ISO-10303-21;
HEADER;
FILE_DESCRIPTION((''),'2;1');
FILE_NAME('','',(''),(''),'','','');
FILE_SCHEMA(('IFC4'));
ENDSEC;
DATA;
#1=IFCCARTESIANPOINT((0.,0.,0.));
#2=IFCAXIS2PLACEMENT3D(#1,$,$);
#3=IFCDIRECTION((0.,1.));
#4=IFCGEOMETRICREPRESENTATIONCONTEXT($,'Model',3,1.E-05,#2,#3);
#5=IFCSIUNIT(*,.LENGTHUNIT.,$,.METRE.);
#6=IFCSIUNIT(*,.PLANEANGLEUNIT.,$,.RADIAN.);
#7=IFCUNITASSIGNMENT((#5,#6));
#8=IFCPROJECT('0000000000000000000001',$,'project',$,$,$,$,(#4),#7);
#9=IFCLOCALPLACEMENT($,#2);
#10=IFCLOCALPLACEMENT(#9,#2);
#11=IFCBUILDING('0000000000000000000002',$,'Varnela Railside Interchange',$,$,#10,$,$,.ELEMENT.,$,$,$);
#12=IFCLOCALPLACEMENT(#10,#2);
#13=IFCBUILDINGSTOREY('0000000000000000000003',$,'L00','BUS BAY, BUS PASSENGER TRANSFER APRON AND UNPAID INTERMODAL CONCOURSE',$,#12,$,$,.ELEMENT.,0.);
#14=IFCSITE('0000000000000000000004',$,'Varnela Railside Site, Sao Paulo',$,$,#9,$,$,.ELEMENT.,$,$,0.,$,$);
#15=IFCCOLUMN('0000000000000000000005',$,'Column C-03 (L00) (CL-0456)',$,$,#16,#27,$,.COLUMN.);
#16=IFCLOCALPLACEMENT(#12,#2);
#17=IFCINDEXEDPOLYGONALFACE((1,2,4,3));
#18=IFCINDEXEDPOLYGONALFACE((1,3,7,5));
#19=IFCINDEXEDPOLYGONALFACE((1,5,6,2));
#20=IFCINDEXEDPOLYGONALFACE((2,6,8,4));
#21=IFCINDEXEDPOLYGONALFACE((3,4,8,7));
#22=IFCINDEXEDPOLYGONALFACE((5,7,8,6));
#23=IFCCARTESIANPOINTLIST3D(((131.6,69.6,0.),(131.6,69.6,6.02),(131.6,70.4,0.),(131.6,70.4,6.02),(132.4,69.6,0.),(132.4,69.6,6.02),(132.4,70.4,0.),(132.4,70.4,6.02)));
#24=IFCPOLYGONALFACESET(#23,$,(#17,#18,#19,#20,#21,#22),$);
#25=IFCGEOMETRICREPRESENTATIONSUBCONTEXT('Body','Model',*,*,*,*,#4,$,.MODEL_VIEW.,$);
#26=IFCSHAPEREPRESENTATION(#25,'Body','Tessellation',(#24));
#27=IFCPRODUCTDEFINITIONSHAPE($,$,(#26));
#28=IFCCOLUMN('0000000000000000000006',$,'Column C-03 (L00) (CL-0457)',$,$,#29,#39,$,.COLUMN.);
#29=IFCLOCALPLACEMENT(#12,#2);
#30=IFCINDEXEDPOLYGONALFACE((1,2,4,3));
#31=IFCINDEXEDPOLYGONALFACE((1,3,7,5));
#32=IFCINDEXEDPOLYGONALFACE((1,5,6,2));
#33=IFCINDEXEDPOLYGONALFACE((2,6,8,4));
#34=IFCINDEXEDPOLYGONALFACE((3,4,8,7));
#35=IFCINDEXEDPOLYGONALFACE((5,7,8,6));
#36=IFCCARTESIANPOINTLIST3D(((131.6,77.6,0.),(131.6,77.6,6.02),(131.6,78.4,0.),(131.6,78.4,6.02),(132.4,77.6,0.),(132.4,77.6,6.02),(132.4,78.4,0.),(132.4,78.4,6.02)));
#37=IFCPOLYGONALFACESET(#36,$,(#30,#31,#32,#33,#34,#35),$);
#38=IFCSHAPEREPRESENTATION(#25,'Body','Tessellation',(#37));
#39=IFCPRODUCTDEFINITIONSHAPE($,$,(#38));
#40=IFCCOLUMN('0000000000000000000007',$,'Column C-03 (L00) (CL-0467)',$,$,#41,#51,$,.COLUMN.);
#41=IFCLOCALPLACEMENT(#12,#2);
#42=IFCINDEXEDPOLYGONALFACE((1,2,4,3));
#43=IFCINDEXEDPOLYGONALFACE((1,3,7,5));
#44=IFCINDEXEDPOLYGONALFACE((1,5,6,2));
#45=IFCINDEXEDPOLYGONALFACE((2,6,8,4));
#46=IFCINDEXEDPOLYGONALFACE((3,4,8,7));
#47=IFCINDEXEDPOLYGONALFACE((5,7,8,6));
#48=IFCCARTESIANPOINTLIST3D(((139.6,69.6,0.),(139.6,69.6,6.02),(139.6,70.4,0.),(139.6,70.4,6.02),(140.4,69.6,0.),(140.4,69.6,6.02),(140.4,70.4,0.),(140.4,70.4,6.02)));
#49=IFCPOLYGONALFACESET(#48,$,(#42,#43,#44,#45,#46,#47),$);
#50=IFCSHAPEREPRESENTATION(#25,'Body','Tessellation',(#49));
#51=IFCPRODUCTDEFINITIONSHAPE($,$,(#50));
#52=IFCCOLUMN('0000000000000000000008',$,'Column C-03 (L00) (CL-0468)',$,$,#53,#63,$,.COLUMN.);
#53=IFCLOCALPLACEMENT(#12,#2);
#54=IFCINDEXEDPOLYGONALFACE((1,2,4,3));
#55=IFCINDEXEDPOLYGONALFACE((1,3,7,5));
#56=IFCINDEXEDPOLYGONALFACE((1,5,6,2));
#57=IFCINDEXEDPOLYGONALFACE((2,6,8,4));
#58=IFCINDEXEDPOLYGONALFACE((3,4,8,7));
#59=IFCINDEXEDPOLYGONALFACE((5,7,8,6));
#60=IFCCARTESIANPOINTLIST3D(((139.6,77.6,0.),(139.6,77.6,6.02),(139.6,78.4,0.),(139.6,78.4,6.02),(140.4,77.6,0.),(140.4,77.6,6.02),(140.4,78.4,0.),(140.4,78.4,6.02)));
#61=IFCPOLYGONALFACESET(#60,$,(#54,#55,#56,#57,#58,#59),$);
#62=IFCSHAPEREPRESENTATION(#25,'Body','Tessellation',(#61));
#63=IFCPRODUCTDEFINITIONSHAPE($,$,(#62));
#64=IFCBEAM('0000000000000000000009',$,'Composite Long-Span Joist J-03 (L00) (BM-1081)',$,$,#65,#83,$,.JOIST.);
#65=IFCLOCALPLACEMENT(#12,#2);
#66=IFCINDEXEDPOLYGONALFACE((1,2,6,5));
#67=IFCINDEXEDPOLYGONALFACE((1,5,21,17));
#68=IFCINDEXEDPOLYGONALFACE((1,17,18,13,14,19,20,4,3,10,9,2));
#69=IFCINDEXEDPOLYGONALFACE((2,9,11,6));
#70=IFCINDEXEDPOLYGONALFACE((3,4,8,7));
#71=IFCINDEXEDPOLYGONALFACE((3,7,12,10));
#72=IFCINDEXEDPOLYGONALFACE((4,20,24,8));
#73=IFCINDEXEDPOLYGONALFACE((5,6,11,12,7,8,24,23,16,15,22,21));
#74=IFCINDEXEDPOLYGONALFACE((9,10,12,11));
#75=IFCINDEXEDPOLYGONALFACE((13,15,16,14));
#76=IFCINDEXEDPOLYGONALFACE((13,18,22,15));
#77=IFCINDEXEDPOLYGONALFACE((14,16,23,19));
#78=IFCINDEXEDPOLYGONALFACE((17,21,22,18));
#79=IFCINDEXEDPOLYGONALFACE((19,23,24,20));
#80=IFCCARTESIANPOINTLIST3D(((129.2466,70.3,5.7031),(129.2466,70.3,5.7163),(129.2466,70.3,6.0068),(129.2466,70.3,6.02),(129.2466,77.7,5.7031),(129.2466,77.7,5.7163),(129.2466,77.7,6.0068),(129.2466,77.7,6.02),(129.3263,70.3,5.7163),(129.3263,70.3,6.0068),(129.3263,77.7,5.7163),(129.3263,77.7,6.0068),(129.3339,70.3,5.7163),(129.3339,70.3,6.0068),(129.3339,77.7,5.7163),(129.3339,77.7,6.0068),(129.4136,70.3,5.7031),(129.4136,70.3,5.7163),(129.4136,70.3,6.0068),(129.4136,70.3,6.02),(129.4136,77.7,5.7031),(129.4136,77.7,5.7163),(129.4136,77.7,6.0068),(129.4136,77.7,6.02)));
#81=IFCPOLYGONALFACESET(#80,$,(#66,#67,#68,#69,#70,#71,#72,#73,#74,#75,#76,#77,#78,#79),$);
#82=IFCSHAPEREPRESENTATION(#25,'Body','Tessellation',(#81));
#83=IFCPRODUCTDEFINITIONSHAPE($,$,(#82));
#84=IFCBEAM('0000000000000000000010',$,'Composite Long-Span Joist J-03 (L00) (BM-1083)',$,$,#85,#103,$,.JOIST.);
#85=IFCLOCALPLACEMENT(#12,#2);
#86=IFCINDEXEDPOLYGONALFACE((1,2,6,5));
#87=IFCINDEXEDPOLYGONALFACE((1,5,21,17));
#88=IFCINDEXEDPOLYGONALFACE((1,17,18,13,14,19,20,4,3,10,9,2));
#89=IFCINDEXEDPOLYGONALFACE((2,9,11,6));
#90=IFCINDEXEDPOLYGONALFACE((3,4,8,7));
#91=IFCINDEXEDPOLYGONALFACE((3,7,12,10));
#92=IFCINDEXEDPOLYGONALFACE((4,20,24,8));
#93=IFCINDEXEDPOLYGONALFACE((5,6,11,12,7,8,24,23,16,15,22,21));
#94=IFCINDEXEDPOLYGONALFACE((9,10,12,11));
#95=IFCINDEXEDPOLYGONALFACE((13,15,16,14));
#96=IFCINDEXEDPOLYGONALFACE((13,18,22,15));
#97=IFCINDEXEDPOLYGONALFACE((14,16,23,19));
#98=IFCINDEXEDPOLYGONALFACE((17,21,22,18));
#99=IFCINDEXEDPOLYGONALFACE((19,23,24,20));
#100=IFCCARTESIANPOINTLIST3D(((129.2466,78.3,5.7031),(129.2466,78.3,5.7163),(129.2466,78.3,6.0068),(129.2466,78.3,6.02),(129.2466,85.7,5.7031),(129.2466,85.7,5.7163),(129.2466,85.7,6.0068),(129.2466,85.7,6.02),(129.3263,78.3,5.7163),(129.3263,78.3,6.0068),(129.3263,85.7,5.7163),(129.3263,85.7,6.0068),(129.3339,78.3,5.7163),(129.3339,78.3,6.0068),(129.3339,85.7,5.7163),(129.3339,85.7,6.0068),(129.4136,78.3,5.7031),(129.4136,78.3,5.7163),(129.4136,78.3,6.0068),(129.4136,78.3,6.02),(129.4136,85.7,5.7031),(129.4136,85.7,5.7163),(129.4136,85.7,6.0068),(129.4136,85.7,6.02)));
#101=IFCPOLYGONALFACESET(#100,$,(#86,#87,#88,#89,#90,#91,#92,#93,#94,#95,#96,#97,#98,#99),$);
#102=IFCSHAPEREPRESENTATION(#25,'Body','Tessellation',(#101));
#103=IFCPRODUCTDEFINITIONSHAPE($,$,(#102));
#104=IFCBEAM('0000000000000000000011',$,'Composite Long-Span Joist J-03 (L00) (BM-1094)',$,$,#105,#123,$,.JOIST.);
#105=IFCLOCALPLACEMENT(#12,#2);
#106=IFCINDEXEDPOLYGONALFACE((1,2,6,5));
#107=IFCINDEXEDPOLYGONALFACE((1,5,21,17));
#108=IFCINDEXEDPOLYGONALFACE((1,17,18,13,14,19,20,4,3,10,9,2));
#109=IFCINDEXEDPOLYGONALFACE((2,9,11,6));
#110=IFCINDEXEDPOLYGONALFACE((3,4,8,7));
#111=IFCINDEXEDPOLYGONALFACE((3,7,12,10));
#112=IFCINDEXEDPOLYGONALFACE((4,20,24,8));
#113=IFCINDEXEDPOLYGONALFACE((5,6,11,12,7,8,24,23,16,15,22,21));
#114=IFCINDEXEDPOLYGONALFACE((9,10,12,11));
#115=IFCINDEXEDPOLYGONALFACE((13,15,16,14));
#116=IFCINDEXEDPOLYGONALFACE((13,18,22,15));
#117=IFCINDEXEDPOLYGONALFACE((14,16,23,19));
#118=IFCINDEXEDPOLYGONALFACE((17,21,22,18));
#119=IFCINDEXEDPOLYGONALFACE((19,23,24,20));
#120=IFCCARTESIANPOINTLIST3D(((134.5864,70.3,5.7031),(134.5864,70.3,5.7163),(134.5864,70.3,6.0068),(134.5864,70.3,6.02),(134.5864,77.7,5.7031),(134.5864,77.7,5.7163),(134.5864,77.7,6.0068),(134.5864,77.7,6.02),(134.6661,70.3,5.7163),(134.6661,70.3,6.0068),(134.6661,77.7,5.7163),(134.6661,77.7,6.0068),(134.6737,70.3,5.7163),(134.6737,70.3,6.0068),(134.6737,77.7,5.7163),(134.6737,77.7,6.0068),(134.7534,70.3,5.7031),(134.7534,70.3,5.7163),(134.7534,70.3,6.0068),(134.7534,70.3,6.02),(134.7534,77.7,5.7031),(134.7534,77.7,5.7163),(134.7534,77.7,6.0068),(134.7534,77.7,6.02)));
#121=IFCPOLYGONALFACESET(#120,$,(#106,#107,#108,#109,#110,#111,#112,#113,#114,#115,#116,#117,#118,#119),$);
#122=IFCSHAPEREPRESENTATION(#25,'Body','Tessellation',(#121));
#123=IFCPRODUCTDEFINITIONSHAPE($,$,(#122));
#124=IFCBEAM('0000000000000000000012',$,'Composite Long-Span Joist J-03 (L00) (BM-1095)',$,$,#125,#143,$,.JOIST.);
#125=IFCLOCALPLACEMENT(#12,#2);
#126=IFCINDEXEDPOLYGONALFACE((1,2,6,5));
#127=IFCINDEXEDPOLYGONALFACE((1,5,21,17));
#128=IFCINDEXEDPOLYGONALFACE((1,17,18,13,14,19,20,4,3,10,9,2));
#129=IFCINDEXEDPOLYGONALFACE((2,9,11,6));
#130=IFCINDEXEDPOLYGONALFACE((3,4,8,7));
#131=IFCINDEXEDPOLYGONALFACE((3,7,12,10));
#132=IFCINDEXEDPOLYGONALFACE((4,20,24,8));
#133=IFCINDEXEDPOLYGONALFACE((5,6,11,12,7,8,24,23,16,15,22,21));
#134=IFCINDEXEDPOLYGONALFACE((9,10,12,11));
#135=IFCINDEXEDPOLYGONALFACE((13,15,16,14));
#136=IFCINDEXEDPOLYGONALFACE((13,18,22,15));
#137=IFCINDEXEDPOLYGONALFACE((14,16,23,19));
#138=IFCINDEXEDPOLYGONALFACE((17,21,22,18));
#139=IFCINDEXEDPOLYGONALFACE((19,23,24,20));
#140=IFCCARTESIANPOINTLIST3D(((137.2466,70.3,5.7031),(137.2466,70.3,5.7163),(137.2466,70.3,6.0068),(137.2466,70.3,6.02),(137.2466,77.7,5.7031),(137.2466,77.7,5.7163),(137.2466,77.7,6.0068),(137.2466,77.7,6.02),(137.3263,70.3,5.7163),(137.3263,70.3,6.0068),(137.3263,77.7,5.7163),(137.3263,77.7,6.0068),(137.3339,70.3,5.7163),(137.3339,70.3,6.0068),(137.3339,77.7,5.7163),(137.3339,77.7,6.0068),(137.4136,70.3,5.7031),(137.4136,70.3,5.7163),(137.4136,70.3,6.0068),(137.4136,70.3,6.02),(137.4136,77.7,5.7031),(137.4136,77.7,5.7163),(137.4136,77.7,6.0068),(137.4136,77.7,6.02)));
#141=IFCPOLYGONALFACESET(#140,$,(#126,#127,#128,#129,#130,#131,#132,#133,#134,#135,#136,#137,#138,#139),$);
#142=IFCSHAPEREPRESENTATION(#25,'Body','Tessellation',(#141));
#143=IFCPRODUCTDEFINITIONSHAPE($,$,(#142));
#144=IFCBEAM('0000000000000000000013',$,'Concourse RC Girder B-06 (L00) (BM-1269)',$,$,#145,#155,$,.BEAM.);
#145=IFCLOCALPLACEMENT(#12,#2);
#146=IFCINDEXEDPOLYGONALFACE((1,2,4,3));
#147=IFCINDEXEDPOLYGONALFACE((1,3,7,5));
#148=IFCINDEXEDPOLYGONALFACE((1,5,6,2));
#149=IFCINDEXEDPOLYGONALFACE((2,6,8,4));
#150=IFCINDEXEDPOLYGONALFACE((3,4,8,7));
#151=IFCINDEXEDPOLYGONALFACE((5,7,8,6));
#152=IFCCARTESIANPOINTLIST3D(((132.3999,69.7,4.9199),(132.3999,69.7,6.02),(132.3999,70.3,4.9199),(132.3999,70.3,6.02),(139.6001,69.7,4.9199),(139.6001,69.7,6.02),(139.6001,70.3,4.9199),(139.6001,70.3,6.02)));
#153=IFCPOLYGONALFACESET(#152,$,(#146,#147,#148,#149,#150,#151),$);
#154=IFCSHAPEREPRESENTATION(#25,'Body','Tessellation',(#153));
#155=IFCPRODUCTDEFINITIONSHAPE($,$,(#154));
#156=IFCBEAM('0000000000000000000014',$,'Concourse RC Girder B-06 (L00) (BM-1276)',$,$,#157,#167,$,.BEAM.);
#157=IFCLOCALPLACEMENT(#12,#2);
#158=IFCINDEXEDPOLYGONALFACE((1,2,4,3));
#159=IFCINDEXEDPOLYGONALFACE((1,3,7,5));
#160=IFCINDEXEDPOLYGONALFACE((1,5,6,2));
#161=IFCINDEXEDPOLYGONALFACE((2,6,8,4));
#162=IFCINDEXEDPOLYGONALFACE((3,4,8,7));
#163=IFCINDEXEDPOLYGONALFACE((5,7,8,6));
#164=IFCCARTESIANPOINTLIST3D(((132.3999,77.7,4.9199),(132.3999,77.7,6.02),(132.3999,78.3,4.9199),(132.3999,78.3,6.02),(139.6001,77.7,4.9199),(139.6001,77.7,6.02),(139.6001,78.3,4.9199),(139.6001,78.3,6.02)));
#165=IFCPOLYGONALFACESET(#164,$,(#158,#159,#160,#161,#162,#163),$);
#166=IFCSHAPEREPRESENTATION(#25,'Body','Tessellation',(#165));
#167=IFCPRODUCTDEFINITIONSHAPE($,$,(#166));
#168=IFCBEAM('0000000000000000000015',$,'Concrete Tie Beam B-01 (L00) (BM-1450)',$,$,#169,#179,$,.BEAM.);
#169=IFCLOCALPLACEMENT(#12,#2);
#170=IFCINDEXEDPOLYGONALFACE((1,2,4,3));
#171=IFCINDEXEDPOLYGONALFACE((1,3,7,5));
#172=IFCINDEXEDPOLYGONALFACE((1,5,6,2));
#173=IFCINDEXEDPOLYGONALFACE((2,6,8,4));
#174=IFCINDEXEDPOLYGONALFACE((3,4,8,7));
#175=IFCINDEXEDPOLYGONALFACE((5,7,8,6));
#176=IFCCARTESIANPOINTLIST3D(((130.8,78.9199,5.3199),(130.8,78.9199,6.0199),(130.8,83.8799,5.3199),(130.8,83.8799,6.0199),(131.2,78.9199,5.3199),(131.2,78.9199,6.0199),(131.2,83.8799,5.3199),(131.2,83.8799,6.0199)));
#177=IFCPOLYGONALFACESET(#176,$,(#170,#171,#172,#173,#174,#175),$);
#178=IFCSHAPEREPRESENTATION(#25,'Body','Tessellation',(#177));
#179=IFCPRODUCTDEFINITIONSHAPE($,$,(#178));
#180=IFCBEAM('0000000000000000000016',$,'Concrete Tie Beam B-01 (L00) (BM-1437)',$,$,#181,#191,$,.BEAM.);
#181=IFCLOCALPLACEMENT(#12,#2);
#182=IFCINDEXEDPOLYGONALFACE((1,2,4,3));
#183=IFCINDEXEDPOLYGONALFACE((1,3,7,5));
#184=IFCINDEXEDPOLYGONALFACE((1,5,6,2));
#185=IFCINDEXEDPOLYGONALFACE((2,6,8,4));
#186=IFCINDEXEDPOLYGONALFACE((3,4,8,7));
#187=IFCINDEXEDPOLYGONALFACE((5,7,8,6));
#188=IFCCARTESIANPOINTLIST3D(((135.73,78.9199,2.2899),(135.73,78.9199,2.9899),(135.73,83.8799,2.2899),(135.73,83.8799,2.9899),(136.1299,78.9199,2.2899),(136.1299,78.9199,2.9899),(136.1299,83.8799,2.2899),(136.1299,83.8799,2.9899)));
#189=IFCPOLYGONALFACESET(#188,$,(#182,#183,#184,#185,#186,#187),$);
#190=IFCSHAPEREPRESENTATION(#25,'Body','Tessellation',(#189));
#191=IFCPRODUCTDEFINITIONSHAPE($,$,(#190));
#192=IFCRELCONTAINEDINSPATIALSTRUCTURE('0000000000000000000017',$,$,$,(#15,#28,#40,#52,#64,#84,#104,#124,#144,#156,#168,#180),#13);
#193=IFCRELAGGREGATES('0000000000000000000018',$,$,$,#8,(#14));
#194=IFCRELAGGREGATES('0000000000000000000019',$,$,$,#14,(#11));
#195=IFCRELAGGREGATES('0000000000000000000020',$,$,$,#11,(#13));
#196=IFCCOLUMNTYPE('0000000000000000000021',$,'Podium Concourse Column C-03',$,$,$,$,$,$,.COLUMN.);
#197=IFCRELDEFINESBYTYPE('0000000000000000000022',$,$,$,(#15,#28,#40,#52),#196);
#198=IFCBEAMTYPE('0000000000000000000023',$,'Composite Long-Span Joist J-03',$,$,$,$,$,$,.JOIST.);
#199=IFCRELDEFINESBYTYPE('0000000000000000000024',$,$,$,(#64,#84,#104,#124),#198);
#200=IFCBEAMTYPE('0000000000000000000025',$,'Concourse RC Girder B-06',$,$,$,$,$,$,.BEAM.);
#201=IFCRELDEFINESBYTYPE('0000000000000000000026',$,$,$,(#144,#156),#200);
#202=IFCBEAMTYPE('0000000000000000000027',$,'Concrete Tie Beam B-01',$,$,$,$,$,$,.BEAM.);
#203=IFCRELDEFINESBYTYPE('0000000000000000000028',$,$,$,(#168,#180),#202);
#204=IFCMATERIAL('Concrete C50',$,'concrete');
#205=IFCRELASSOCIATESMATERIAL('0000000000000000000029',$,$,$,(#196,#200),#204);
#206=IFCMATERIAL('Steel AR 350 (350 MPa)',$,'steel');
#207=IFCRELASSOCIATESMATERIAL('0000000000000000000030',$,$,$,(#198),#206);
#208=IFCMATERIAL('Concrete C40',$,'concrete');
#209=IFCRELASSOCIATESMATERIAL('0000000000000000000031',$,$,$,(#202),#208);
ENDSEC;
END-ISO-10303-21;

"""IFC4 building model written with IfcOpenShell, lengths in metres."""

from ifc_helpers import new_model, si_unit, direction, frame, origin, origin_2d, place, context, subcontext, project, spatial, rectangle, i_section, extrude, material, material_profile, profile_set, type_object, element, save


model = new_model("IFC4")

# Units and contexts
model_context = context("Model", 3, precision=1e-05, world=origin(), true_north=direction((0.0, 1.0)))
body_context = subcontext(model_context, "Body", "Model", "MODEL_VIEW")
ifc_project = project(units=[si_unit("LENGTHUNIT", "METRE"), si_unit("PLANEANGLEUNIT", "RADIAN")], contexts=[model_context])

# Site, building, storey
site_placement = place(None, origin())
site = spatial("IfcSite", under=ifc_project, at=site_placement, Name="Varnela Railside Site, Sao Paulo", CompositionType="ELEMENT", RefElevation=0.0)
building_placement = place(site_placement, origin())
building = spatial("IfcBuilding", under=site, at=building_placement, Name="Varnela Railside Interchange", CompositionType="ELEMENT")
storey_placement = place(building_placement, origin())
storey = spatial("IfcBuildingStorey", under=building, at=storey_placement, Name="L00", Description="BUS BAY, BUS PASSENGER TRANSFER APRON AND UNPAID INTERMODAL CONCOURSE", CompositionType="ELEMENT", Elevation=0.0)

# Columns
ifc_material_1 = material(Name="Concrete C50", Category="concrete")
ifc_material_profile_1 = material_profile(ifc_material_1, rectangle(XDim=0.8, YDim=0.8, at=origin_2d()), Name="RC 800x800")
ifc_profile_set_1 = profile_set([ifc_material_profile_1], Name="Concrete C50")
column_type = type_object("IfcColumnType", Name="Podium Concourse Column C-03", PredefinedType="COLUMN", material=ifc_profile_set_1)
for number, where, z_axis, x_axis, name in (
    (1, (132.0, 70.0, 0.0), (0.0, 0.0, 1.0), (1.0, 0.0, 0.0), "Column C-03 (L00) (CL-0456)"),
    (2, (132.0, 78.0, 0.0), (0.0, 0.0, 1.0), (1.0, 0.0, 0.0), "Column C-03 (L00) (CL-0457)"),
    (3, (140.0, 70.0, 0.0), (0.0, 0.0, 1.0), (1.0, 0.0, 0.0), "Column C-03 (L00) (CL-0467)"),
    (4, (140.0, 78.0, 0.0), (0.0, 0.0, 1.0), (1.0, 0.0, 0.0), "Column C-03 (L00) (CL-0468)"),
):
    element("IfcColumn", number, at=place(storey_placement, frame(where, z_axis=z_axis, x_axis=x_axis)), inside=storey, type_object=column_type, Name=name, PredefinedType="COLUMN", context=body_context, shape_type="SweptSolid", body=[
        extrude(rectangle(XDim=0.8, YDim=0.8, at=origin_2d()), origin(), (0.0, 0.0, 1.0), 6.02),
    ])

# Beams
ifc_material_2 = material(Name="Steel AR 350 (350 MPa)", Category="steel")
ifc_material_profile_2 = material_profile(ifc_material_2, i_section(OverallWidth=0.167, OverallDepth=0.3169, WebThickness=0.0076, FlangeThickness=0.0132, at=origin_2d()), Name="W310x52")
ifc_profile_set_2 = profile_set([ifc_material_profile_2], Name="Steel AR 350 (350 MPa)")
beam_type_1 = type_object("IfcBeamType", Name="Composite Long-Span Joist J-03", PredefinedType="JOIST", material=ifc_profile_set_2)
for number, where, z_axis, x_axis, name in (
    (5, (129.3301, 70.3, 5.8616), (0.0, 1.0, 0.0), (-1.0, 0.0, 0.0), "Composite Long-Span Joist J-03 (L00) (BM-1081)"),
    (6, (129.3301, 78.3, 5.8616), (0.0, 1.0, 0.0), (-1.0, 0.0, 0.0), "Composite Long-Span Joist J-03 (L00) (BM-1083)"),
    (7, (134.6699, 70.3, 5.8616), (0.0, 1.0, 0.0), (-1.0, 0.0, 0.0), "Composite Long-Span Joist J-03 (L00) (BM-1094)"),
    (8, (137.3301, 70.3, 5.8616), (0.0, 1.0, 0.0), (-1.0, 0.0, 0.0), "Composite Long-Span Joist J-03 (L00) (BM-1095)"),
):
    element("IfcBeam", number, at=place(storey_placement, frame(where, z_axis=z_axis, x_axis=x_axis)), inside=storey, type_object=beam_type_1, Name=name, PredefinedType="JOIST", context=body_context, shape_type="SweptSolid", body=[
        extrude(i_section(OverallWidth=0.167, OverallDepth=0.3169, WebThickness=0.0076, FlangeThickness=0.0132, at=origin_2d()), origin(), (0.0, 0.0, 1.0), 7.3999),
    ])
ifc_material_profile_3 = material_profile(ifc_material_1, rectangle(XDim=0.6001, YDim=1.1001, at=origin_2d()), Name="RC 600x1100")
ifc_profile_set_3 = profile_set([ifc_material_profile_3], Name="Concrete C50")
beam_type_2 = type_object("IfcBeamType", Name="Concourse RC Girder B-06", PredefinedType="BEAM", material=ifc_profile_set_3)
for number, where, z_axis, x_axis, name in (
    (9, (132.3999, 70.0, 5.47), (1.0, 0.0, 0.0), (0.0, 1.0, 0.0), "Concourse RC Girder B-06 (L00) (BM-1269)"),
    (10, (132.3999, 78.0, 5.47), (1.0, 0.0, 0.0), (0.0, 1.0, 0.0), "Concourse RC Girder B-06 (L00) (BM-1276)"),
):
    element("IfcBeam", number, at=place(storey_placement, frame(where, z_axis=z_axis, x_axis=x_axis)), inside=storey, type_object=beam_type_2, Name=name, PredefinedType="BEAM", context=body_context, shape_type="SweptSolid", body=[
        extrude(rectangle(XDim=0.6001, YDim=1.1001, at=origin_2d()), origin(), (0.0, 0.0, 1.0), 7.2002),
    ])
ifc_material_3 = material(Name="Concrete C40", Category="concrete")
ifc_material_profile_4 = material_profile(ifc_material_3, rectangle(XDim=0.3999, YDim=0.7, at=origin_2d()), Name="RC 400x700")
ifc_profile_set_4 = profile_set([ifc_material_profile_4], Name="Concrete C40")
beam_type_3 = type_object("IfcBeamType", Name="Concrete Tie Beam B-01", PredefinedType="BEAM", material=ifc_profile_set_4)
for number, where, z_axis, x_axis, name in (
    (11, (131.0, 78.9199, 5.6699), (0.0, 1.0, 0.0), (-1.0, 0.0, 0.0), "Concrete Tie Beam B-01 (L00) (BM-1450)"),
    (12, (135.9299, 78.9199, 2.6399), (0.0, 1.0, 0.0), (-1.0, 0.0, 0.0), "Concrete Tie Beam B-01 (L00) (BM-1437)"),
):
    element("IfcBeam", number, at=place(storey_placement, frame(where, z_axis=z_axis, x_axis=x_axis)), inside=storey, type_object=beam_type_3, Name=name, PredefinedType="BEAM", context=body_context, shape_type="SweptSolid", body=[
        extrude(rectangle(XDim=0.3999, YDim=0.7, at=origin_2d()), origin(), (0.0, 0.0, 1.0), 4.96),
    ])

save(model, "model.ifc")
